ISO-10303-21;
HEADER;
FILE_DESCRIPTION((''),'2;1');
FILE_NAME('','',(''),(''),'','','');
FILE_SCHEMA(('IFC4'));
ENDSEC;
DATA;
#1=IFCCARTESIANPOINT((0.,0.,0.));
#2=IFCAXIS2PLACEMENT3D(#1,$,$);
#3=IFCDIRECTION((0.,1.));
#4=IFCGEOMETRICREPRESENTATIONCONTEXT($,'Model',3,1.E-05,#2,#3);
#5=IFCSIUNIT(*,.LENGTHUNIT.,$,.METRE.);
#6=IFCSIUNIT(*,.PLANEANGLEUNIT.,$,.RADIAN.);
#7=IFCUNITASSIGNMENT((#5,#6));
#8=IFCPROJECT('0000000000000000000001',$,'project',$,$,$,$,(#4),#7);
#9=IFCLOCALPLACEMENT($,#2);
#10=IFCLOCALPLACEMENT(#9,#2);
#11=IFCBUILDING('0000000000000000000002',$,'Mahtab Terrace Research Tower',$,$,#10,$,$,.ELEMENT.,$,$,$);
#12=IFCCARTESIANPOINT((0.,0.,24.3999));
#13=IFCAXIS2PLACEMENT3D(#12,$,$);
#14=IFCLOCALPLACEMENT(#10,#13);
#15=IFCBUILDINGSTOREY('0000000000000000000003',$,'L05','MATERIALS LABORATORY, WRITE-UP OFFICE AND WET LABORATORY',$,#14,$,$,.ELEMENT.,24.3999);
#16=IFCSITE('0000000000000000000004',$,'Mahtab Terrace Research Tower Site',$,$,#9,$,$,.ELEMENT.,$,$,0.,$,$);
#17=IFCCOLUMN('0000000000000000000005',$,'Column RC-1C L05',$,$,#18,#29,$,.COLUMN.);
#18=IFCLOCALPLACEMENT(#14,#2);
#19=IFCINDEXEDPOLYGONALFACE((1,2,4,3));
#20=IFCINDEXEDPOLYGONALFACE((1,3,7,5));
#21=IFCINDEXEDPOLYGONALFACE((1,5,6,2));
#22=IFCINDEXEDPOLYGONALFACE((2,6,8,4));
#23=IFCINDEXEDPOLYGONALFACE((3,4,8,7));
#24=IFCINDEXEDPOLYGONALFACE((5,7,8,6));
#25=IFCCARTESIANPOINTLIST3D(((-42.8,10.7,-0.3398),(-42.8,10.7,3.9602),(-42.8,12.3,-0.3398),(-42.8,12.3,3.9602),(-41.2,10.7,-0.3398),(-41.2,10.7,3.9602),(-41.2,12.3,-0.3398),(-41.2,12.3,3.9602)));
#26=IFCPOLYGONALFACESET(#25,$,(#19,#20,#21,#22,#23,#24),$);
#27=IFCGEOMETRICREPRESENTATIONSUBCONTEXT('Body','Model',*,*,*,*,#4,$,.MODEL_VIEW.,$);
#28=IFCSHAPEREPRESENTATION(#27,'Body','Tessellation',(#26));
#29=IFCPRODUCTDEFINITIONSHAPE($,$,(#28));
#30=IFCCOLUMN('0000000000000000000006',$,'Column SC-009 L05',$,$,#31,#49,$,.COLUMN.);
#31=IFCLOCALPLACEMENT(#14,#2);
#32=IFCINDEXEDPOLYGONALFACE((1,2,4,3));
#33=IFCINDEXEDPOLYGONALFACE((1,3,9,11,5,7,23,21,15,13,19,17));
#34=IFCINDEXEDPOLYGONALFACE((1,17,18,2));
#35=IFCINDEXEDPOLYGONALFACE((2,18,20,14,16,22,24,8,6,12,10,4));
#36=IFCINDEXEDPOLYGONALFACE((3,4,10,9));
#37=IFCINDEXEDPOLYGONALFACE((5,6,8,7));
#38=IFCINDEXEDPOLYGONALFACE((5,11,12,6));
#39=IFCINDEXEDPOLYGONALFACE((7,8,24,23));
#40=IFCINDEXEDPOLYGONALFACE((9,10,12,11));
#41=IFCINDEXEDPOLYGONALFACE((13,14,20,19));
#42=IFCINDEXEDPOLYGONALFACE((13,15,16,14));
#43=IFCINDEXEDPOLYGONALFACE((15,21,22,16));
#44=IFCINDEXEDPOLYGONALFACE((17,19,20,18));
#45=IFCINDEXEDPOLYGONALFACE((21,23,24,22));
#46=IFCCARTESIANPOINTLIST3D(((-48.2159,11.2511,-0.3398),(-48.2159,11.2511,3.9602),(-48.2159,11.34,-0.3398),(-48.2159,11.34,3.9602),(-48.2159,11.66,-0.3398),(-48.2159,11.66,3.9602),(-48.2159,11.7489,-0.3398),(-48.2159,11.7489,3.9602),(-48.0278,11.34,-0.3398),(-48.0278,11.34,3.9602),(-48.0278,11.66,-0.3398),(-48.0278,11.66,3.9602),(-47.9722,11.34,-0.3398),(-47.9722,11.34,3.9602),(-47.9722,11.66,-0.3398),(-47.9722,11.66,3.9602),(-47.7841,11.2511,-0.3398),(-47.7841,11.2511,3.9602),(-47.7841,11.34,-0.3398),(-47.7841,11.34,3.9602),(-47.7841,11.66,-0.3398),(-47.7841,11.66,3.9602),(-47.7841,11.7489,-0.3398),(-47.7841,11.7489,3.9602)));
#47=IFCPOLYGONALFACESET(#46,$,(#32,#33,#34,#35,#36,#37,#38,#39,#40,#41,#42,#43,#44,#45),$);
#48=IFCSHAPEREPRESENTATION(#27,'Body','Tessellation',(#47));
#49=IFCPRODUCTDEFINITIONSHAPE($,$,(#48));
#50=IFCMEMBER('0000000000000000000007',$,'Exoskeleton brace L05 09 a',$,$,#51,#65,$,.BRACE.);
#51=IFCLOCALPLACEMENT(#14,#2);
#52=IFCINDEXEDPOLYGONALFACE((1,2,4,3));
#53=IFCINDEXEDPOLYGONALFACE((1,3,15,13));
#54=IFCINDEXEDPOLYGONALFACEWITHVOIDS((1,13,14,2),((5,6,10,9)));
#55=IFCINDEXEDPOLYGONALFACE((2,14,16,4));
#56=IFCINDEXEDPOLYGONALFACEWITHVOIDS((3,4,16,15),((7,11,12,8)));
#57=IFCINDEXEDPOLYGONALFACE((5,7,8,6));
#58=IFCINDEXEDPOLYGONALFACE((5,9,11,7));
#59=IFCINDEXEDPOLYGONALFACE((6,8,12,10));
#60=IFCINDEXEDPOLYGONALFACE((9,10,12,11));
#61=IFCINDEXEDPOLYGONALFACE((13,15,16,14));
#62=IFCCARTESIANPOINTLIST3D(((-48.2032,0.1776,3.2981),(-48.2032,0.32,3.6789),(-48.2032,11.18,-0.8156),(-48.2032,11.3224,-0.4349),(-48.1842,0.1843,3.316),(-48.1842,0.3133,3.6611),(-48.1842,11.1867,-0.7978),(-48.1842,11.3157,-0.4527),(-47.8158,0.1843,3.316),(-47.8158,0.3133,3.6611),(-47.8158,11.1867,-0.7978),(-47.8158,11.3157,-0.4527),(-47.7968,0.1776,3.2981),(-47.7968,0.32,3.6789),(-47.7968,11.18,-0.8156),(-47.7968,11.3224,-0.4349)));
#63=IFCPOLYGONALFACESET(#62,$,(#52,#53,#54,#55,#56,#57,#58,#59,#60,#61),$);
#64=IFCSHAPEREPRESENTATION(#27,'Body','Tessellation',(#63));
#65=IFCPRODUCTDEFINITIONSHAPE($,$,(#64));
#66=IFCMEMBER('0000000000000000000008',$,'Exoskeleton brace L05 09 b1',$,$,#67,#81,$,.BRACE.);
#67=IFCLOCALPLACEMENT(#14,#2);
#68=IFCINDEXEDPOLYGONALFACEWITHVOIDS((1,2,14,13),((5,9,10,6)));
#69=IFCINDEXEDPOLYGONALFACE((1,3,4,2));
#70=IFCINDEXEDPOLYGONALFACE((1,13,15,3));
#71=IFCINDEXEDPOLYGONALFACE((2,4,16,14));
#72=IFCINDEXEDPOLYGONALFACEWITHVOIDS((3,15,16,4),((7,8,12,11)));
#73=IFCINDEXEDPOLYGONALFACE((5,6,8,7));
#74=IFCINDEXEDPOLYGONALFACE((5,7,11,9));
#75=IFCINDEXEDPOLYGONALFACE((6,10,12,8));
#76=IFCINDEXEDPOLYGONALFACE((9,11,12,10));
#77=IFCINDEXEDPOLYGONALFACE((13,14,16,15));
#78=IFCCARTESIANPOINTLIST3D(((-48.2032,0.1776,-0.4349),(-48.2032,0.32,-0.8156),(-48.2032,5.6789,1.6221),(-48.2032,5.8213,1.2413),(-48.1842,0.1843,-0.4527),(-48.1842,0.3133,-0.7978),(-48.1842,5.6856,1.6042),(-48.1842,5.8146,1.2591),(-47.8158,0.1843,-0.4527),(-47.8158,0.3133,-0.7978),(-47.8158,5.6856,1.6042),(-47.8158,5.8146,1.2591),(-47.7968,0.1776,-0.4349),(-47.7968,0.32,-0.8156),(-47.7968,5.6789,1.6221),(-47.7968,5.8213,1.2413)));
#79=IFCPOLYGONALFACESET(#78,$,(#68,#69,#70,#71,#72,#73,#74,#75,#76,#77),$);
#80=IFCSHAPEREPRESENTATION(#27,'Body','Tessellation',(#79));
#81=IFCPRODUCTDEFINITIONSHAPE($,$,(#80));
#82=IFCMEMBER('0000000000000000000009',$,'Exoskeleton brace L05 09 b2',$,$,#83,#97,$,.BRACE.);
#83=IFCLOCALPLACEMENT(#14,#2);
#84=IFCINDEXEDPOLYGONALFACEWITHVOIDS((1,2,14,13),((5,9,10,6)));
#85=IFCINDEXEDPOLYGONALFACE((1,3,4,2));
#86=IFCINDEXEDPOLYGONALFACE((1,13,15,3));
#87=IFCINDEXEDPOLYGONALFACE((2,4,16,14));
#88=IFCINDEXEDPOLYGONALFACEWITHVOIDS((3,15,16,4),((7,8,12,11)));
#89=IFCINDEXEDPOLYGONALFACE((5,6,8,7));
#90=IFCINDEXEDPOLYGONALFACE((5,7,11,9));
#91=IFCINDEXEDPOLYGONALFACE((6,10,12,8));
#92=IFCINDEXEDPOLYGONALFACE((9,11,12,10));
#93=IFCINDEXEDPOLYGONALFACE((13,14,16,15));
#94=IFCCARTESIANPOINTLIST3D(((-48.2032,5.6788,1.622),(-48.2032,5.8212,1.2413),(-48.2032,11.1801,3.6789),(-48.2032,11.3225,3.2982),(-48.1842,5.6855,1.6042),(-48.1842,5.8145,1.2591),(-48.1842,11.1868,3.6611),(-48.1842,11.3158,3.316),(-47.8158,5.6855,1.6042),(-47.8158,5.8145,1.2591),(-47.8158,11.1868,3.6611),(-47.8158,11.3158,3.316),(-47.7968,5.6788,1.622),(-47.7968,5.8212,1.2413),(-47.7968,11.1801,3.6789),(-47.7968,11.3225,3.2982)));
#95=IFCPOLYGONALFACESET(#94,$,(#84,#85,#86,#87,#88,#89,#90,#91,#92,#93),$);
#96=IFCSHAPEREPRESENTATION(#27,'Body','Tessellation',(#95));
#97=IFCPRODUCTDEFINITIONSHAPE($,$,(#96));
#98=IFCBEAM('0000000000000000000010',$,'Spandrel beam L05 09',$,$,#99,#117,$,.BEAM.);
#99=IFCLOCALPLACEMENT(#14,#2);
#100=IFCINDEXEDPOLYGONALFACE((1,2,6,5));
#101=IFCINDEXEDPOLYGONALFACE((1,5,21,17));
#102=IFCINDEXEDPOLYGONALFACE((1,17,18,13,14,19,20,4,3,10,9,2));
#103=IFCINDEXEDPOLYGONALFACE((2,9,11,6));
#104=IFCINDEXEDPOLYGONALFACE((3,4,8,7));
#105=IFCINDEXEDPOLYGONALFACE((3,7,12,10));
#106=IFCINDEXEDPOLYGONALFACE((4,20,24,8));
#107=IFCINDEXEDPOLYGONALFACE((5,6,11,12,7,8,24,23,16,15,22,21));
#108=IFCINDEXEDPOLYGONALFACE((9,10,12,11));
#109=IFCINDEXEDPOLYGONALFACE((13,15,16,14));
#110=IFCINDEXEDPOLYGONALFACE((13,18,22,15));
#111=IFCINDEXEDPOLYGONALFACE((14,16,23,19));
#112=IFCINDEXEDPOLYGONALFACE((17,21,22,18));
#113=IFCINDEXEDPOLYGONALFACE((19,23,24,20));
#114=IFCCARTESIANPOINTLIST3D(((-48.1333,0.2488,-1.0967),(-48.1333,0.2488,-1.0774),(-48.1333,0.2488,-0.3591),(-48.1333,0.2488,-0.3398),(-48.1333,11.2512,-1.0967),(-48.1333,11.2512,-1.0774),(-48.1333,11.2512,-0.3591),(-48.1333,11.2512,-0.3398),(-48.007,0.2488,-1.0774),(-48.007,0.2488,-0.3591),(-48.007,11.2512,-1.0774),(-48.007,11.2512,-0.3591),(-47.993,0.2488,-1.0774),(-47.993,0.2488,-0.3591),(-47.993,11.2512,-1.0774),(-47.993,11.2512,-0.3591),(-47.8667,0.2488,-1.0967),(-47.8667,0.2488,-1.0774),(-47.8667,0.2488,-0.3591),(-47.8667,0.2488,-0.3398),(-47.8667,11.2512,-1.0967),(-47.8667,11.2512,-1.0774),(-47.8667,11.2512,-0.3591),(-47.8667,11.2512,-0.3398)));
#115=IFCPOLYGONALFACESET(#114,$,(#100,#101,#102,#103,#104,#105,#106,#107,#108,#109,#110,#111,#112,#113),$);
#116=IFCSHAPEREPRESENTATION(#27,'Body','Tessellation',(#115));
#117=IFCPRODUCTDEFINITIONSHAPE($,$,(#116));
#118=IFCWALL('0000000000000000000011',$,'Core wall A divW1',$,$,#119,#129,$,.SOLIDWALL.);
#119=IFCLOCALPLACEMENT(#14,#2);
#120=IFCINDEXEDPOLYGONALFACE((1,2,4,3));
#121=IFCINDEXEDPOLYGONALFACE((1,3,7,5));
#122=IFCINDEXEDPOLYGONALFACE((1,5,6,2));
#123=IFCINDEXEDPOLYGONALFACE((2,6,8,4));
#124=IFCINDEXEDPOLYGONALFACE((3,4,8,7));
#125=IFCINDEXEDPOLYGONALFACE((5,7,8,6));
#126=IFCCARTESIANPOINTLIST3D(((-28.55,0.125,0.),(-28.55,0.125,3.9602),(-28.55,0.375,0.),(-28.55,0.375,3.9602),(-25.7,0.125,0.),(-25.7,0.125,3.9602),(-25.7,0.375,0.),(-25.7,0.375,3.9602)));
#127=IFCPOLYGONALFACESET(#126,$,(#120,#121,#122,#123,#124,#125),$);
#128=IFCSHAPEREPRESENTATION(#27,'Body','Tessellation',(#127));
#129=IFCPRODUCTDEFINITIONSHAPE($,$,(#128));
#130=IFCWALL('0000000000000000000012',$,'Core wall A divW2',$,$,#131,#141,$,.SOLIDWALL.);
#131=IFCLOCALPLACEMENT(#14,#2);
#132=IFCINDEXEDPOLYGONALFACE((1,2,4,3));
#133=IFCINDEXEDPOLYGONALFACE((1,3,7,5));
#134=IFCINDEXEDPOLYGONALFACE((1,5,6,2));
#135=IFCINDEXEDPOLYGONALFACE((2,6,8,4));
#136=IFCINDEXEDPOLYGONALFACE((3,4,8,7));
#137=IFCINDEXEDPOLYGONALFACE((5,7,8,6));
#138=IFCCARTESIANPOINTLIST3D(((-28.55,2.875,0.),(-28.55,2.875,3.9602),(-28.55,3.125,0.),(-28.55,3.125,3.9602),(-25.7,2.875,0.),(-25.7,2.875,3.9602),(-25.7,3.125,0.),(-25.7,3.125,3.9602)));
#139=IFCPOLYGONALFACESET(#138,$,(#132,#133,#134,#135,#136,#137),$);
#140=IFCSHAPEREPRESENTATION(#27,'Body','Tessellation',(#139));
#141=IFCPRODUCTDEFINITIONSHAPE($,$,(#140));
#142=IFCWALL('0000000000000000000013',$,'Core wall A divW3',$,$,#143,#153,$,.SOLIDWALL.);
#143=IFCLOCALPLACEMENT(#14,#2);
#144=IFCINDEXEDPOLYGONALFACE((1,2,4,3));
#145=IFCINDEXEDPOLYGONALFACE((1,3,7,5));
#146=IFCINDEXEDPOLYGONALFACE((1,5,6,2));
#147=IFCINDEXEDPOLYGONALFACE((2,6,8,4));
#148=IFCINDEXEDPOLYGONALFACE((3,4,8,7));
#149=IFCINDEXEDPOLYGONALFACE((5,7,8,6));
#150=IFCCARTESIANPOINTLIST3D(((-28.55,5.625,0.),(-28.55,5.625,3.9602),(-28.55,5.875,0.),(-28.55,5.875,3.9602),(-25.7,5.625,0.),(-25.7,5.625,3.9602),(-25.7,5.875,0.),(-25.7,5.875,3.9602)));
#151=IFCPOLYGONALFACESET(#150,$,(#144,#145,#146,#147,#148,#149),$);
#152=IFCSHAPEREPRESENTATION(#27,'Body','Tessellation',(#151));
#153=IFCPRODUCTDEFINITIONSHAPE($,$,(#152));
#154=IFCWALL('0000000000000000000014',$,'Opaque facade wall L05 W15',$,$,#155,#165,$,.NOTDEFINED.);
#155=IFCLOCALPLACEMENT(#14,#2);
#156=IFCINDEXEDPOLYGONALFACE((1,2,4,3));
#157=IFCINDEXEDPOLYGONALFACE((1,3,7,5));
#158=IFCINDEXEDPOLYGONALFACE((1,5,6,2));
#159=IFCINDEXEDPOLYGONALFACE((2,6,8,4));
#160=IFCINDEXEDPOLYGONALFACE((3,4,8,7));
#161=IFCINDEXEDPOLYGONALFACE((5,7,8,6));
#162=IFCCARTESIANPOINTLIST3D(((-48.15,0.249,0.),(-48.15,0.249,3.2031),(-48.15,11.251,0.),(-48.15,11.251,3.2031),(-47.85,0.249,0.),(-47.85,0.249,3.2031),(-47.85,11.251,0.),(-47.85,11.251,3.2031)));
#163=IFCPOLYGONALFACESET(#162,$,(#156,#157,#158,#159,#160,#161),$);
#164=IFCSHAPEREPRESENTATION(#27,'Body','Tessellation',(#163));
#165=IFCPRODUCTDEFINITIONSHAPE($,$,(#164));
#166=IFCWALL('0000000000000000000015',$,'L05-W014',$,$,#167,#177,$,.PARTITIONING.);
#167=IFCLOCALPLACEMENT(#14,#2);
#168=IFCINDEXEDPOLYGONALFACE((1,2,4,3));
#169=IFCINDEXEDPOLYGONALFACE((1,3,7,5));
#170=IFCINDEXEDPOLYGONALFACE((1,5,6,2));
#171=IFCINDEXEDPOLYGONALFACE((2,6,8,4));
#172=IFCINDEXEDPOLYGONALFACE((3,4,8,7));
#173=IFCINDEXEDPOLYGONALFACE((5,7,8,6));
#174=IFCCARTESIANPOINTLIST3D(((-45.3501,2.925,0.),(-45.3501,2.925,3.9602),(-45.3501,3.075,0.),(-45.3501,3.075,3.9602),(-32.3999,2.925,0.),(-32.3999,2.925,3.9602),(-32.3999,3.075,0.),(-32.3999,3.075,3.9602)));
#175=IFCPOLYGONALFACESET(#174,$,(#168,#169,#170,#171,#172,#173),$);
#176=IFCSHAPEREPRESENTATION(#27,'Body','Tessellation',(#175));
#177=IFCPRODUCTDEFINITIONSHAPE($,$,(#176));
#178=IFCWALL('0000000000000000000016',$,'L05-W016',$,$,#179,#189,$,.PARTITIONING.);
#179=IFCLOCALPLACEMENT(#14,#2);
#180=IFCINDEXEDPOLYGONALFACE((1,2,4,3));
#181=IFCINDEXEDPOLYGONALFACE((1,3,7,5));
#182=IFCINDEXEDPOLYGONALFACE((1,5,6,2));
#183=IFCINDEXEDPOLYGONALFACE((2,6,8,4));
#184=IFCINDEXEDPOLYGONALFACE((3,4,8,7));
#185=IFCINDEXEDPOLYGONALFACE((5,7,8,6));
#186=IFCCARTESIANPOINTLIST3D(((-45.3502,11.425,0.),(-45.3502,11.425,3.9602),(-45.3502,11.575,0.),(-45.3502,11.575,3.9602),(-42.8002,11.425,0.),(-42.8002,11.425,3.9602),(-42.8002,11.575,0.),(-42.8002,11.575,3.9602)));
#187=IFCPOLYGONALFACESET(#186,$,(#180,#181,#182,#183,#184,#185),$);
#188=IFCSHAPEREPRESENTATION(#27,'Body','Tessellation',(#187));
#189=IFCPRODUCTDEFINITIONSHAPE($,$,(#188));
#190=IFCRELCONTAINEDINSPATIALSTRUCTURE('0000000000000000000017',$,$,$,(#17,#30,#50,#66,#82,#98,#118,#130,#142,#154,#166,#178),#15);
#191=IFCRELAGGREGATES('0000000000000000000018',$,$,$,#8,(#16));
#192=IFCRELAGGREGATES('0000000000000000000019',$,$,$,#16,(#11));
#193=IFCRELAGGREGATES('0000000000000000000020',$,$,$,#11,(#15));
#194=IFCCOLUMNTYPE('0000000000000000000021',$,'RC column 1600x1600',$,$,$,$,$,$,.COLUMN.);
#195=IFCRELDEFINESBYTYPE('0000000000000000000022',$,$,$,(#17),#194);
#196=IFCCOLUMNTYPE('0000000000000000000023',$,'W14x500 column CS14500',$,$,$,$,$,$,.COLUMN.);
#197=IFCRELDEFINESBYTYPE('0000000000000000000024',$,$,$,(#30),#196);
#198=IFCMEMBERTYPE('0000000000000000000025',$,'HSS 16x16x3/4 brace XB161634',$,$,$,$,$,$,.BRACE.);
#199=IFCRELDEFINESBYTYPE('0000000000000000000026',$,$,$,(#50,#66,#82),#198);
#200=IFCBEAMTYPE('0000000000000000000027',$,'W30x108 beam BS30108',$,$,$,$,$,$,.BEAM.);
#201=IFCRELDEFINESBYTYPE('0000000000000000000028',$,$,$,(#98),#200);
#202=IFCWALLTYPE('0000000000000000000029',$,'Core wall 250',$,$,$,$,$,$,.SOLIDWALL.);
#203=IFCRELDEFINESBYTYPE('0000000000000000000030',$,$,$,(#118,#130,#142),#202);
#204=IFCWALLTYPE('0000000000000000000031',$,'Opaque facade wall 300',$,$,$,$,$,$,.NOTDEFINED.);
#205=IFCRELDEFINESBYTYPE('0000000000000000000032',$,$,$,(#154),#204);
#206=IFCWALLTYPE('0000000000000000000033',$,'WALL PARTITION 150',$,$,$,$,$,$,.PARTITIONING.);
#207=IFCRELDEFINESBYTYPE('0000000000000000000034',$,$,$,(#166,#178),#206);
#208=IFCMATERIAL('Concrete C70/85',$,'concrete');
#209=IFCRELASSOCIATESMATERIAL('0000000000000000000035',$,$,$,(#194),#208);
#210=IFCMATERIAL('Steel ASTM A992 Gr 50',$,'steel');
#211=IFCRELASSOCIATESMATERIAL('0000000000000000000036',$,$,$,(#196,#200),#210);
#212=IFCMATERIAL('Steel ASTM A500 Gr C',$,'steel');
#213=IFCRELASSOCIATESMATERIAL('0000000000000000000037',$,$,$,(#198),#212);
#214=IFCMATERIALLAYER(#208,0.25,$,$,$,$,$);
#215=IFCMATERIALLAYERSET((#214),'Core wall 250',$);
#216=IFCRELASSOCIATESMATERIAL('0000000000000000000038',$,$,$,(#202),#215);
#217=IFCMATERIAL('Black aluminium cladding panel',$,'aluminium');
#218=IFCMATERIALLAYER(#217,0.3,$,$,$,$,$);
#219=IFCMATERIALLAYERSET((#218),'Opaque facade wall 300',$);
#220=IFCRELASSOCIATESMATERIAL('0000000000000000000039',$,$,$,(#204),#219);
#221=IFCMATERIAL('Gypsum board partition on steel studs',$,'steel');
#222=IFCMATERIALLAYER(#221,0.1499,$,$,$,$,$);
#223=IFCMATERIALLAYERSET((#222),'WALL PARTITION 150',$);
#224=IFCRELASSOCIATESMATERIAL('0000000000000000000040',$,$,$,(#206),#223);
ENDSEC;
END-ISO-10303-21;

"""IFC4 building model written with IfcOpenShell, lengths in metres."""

from ifc_helpers import new_model, si_unit, direction, frame, frame_2d, origin, origin_2d, place, context, subcontext, project, spatial, rectangle, hollow_rectangle, i_section, extrude, material, layer, layer_set, material_profile, profile_set, type_object, element, save


model = new_model("IFC4")

# Units and contexts
model_context = context("Model", 3, precision=1e-05, world=origin(), true_north=direction((0.0, 1.0)))
body_context = subcontext(model_context, "Body", "Model", "MODEL_VIEW")
ifc_project = project(units=[si_unit("LENGTHUNIT", "METRE"), si_unit("PLANEANGLEUNIT", "RADIAN")], contexts=[model_context])

# Site, building, storey
site_placement = place(None, origin())
site = spatial("IfcSite", under=ifc_project, at=site_placement, Name="Mahtab Terrace Research Tower Site", CompositionType="ELEMENT", RefElevation=0.0)
building_placement = place(site_placement, origin())
building = spatial("IfcBuilding", under=site, at=building_placement, Name="Mahtab Terrace Research Tower", CompositionType="ELEMENT")
storey_placement = place(building_placement, frame((0.0, 0.0, 24.3999)))
storey = spatial("IfcBuildingStorey", under=building, at=storey_placement, Name="L05", Description="MATERIALS LABORATORY, WRITE-UP OFFICE AND WET LABORATORY", CompositionType="ELEMENT", Elevation=24.3999)

# Columns
ifc_material_1 = material(Name="Concrete C70/85", Category="concrete")
ifc_material_profile_1 = material_profile(ifc_material_1, rectangle(XDim=1.6001, YDim=1.6001, at=origin_2d()), Name="RC column 1600x1600")
ifc_profile_set_1 = profile_set([ifc_material_profile_1], Name="Concrete C70/85")
column_type_1 = type_object("IfcColumnType", Name="RC column 1600x1600", PredefinedType="COLUMN", material=ifc_profile_set_1)
column_1_placement = place(storey_placement, frame((-42.0, 11.5, -0.3398), z_axis=(0.0, 0.0, 1.0), x_axis=(1.0, 0.0, 0.0)))
element("IfcColumn", 1, at=column_1_placement, inside=storey, type_object=column_type_1, Name="Column RC-1C L05", PredefinedType="COLUMN", context=body_context, shape_type="SweptSolid", body=[
    extrude(rectangle(XDim=1.6001, YDim=1.6001, at=origin_2d()), origin(), (0.0, 0.0, 1.0), 4.3),
])
ifc_material_2 = material(Name="Steel ASTM A992 Gr 50", Category="steel")
ifc_material_profile_2 = material_profile(ifc_material_2, i_section(OverallWidth=0.4319, OverallDepth=0.4978, WebThickness=0.0557, FlangeThickness=0.0889, at=origin_2d()), Name="W14X500")
ifc_profile_set_2 = profile_set([ifc_material_profile_2], Name="Steel ASTM A992 Gr 50")
column_type_2 = type_object("IfcColumnType", Name="W14x500 column CS14500", PredefinedType="COLUMN", material=ifc_profile_set_2)
column_2_placement = place(storey_placement, frame((-48.0, 11.5, -0.3398), z_axis=(0.0, 0.0, 1.0), x_axis=(1.0, 0.0, 0.0)))
element("IfcColumn", 2, at=column_2_placement, inside=storey, type_object=column_type_2, Name="Column SC-009 L05", PredefinedType="COLUMN", context=body_context, shape_type="SweptSolid", body=[
    extrude(i_section(OverallWidth=0.4319, OverallDepth=0.4978, WebThickness=0.0557, FlangeThickness=0.0889, at=origin_2d()), origin(), (0.0, 0.0, 1.0), 4.3),
])

# Members
ifc_material_3 = material(Name="Steel ASTM A500 Gr C", Category="steel")
ifc_material_profile_3 = material_profile(ifc_material_3, hollow_rectangle(XDim=0.4065, YDim=0.4065, WallThickness=0.019, at=origin_2d()), Name="HSS16X16X3/4")
ifc_profile_set_3 = profile_set([ifc_material_profile_3], Name="Steel ASTM A500 Gr C")
member_type = type_object("IfcMemberType", Name="HSS 16x16x3/4 brace XB161634", PredefinedType="BRACE", material=ifc_profile_set_3)
member_placement = place(storey_placement, frame((-48.0, 11.2512, -0.6252), z_axis=(0.0, -0.936669, 0.350217), x_axis=(1.0, 0.0, 0.0)))
element("IfcMember", 3, at=member_placement, inside=storey, type_object=member_type, Name="Exoskeleton brace L05 09 a", PredefinedType="BRACE", context=body_context, shape_type="SweptSolid", body=[
    extrude(hollow_rectangle(XDim=0.4065, YDim=0.4065, WallThickness=0.019, at=origin_2d()), origin(), (0.0, 0.0, 1.0), 11.7463),
])
for number, where, z_axis, x_axis, name in (
    (4, (-48.0, 0.2488, -0.6252), (0.0, 0.936669, 0.350217), (-1.0, 0.0, 0.0), "Exoskeleton brace L05 09 b1"),
    (5, (-48.0, 5.75, 1.4316), (0.0, 0.936669, 0.350217), (-1.0, 0.0, 0.0), "Exoskeleton brace L05 09 b2"),
):
    element("IfcMember", number, at=place(storey_placement, frame(where, z_axis=z_axis, x_axis=x_axis)), inside=storey, type_object=member_type, Name=name, PredefinedType="BRACE", context=body_context, shape_type="SweptSolid", body=[
        extrude(hollow_rectangle(XDim=0.4065, YDim=0.4065, WallThickness=0.019, at=origin_2d()), origin(), (0.0, 0.0, 1.0), 5.8733),
    ])

# Beam
ifc_material_profile_4 = material_profile(ifc_material_2, i_section(OverallWidth=0.2666, OverallDepth=0.7568, WebThickness=0.0139, FlangeThickness=0.0193, at=origin_2d()), Name="W30X108")
ifc_profile_set_4 = profile_set([ifc_material_profile_4], Name="Steel ASTM A992 Gr 50")
beam_type = type_object("IfcBeamType", Name="W30x108 beam BS30108", PredefinedType="BEAM", material=ifc_profile_set_4)
beam_placement = place(storey_placement, frame((-48.0, 11.2512, -0.7183), z_axis=(0.0, -1.0, 0.0), x_axis=(1.0, 0.0, 0.0)))
element("IfcBeam", 6, at=beam_placement, inside=storey, type_object=beam_type, Name="Spandrel beam L05 09", PredefinedType="BEAM", context=body_context, shape_type="SweptSolid", body=[
    extrude(i_section(OverallWidth=0.2666, OverallDepth=0.7568, WebThickness=0.0139, FlangeThickness=0.0193, at=origin_2d()), origin(), (0.0, 0.0, 1.0), 11.0024),
])

# Walls
ifc_layer_1 = layer(ifc_material_1, 0.25)
ifc_layer_set_1 = layer_set([ifc_layer_1], Name="Core wall 250")
wall_type_1 = type_object("IfcWallType", Name="Core wall 250", PredefinedType="SOLIDWALL", material=ifc_layer_set_1)
for number, where, z_axis, x_axis, name in (
    (7, (-28.55, 0.25, 0.0), (0.0, 0.0, 1.0), (1.0, 0.0, 0.0), "Core wall A divW1"),
    (8, (-28.55, 3.0, 0.0), (0.0, 0.0, 1.0), (1.0, 0.0, 0.0), "Core wall A divW2"),
    (9, (-28.55, 5.75, 0.0), (0.0, 0.0, 1.0), (1.0, 0.0, 0.0), "Core wall A divW3"),
):
    element("IfcWall", number, at=place(storey_placement, frame(where, z_axis=z_axis, x_axis=x_axis)), inside=storey, type_object=wall_type_1, Name=name, PredefinedType="SOLIDWALL", context=body_context, shape_type="SweptSolid", body=[
        extrude(rectangle(XDim=2.8501, YDim=0.25, at=frame_2d((1.425, 0.0))), origin(), (0.0, 0.0, 1.0), 3.9602),
    ])
ifc_material_4 = material(Name="Black aluminium cladding panel", Category="aluminium")
ifc_layer_2 = layer(ifc_material_4, 0.3)
ifc_layer_set_2 = layer_set([ifc_layer_2], Name="Opaque facade wall 300")
wall_type_2 = type_object("IfcWallType", Name="Opaque facade wall 300", PredefinedType="NOTDEFINED", material=ifc_layer_set_2)
wall_1_placement = place(storey_placement, frame((-48.0, 11.251, 0.0), z_axis=(0.0, 0.0, 1.0), x_axis=(0.0, -1.0, 0.0)))
element("IfcWall", 10, at=wall_1_placement, inside=storey, type_object=wall_type_2, Name="Opaque facade wall L05 W15", PredefinedType="NOTDEFINED", context=body_context, shape_type="SweptSolid", body=[
    extrude(rectangle(XDim=11.002, YDim=0.3, at=frame_2d((5.501, 0.0))), origin(), (0.0, 0.0, 1.0), 3.2031),
])
ifc_material_5 = material(Name="Gypsum board partition on steel studs", Category="steel")
ifc_layer_3 = layer(ifc_material_5, 0.1499)
ifc_layer_set_3 = layer_set([ifc_layer_3], Name="WALL PARTITION 150")
wall_type_3 = type_object("IfcWallType", Name="WALL PARTITION 150", PredefinedType="PARTITIONING", material=ifc_layer_set_3)
wall_2_placement = place(storey_placement, frame((-45.3501, 3.0, 0.0), z_axis=(0.0, 0.0, 1.0), x_axis=(1.0, 0.0, 0.0)))
element("IfcWall", 11, at=wall_2_placement, inside=storey, type_object=wall_type_3, Name="L05-W014", PredefinedType="PARTITIONING", context=body_context, shape_type="SweptSolid", body=[
    extrude(rectangle(XDim=12.9502, YDim=0.1499, at=frame_2d((6.4751, 0.0))), origin(), (0.0, 0.0, 1.0), 3.9602),
])
wall_3_placement = place(storey_placement, frame((-45.3501, 11.5, 0.0), z_axis=(0.0, 0.0, 1.0), x_axis=(1.0, 0.0, 0.0)))
element("IfcWall", 12, at=wall_3_placement, inside=storey, type_object=wall_type_3, Name="L05-W016", PredefinedType="PARTITIONING", context=body_context, shape_type="SweptSolid", body=[
    extrude(rectangle(XDim=2.55, YDim=0.1499, at=frame_2d((1.2749, 0.0))), origin(), (0.0, 0.0, 1.0), 3.9602),
])

save(model, "model.ifc")
